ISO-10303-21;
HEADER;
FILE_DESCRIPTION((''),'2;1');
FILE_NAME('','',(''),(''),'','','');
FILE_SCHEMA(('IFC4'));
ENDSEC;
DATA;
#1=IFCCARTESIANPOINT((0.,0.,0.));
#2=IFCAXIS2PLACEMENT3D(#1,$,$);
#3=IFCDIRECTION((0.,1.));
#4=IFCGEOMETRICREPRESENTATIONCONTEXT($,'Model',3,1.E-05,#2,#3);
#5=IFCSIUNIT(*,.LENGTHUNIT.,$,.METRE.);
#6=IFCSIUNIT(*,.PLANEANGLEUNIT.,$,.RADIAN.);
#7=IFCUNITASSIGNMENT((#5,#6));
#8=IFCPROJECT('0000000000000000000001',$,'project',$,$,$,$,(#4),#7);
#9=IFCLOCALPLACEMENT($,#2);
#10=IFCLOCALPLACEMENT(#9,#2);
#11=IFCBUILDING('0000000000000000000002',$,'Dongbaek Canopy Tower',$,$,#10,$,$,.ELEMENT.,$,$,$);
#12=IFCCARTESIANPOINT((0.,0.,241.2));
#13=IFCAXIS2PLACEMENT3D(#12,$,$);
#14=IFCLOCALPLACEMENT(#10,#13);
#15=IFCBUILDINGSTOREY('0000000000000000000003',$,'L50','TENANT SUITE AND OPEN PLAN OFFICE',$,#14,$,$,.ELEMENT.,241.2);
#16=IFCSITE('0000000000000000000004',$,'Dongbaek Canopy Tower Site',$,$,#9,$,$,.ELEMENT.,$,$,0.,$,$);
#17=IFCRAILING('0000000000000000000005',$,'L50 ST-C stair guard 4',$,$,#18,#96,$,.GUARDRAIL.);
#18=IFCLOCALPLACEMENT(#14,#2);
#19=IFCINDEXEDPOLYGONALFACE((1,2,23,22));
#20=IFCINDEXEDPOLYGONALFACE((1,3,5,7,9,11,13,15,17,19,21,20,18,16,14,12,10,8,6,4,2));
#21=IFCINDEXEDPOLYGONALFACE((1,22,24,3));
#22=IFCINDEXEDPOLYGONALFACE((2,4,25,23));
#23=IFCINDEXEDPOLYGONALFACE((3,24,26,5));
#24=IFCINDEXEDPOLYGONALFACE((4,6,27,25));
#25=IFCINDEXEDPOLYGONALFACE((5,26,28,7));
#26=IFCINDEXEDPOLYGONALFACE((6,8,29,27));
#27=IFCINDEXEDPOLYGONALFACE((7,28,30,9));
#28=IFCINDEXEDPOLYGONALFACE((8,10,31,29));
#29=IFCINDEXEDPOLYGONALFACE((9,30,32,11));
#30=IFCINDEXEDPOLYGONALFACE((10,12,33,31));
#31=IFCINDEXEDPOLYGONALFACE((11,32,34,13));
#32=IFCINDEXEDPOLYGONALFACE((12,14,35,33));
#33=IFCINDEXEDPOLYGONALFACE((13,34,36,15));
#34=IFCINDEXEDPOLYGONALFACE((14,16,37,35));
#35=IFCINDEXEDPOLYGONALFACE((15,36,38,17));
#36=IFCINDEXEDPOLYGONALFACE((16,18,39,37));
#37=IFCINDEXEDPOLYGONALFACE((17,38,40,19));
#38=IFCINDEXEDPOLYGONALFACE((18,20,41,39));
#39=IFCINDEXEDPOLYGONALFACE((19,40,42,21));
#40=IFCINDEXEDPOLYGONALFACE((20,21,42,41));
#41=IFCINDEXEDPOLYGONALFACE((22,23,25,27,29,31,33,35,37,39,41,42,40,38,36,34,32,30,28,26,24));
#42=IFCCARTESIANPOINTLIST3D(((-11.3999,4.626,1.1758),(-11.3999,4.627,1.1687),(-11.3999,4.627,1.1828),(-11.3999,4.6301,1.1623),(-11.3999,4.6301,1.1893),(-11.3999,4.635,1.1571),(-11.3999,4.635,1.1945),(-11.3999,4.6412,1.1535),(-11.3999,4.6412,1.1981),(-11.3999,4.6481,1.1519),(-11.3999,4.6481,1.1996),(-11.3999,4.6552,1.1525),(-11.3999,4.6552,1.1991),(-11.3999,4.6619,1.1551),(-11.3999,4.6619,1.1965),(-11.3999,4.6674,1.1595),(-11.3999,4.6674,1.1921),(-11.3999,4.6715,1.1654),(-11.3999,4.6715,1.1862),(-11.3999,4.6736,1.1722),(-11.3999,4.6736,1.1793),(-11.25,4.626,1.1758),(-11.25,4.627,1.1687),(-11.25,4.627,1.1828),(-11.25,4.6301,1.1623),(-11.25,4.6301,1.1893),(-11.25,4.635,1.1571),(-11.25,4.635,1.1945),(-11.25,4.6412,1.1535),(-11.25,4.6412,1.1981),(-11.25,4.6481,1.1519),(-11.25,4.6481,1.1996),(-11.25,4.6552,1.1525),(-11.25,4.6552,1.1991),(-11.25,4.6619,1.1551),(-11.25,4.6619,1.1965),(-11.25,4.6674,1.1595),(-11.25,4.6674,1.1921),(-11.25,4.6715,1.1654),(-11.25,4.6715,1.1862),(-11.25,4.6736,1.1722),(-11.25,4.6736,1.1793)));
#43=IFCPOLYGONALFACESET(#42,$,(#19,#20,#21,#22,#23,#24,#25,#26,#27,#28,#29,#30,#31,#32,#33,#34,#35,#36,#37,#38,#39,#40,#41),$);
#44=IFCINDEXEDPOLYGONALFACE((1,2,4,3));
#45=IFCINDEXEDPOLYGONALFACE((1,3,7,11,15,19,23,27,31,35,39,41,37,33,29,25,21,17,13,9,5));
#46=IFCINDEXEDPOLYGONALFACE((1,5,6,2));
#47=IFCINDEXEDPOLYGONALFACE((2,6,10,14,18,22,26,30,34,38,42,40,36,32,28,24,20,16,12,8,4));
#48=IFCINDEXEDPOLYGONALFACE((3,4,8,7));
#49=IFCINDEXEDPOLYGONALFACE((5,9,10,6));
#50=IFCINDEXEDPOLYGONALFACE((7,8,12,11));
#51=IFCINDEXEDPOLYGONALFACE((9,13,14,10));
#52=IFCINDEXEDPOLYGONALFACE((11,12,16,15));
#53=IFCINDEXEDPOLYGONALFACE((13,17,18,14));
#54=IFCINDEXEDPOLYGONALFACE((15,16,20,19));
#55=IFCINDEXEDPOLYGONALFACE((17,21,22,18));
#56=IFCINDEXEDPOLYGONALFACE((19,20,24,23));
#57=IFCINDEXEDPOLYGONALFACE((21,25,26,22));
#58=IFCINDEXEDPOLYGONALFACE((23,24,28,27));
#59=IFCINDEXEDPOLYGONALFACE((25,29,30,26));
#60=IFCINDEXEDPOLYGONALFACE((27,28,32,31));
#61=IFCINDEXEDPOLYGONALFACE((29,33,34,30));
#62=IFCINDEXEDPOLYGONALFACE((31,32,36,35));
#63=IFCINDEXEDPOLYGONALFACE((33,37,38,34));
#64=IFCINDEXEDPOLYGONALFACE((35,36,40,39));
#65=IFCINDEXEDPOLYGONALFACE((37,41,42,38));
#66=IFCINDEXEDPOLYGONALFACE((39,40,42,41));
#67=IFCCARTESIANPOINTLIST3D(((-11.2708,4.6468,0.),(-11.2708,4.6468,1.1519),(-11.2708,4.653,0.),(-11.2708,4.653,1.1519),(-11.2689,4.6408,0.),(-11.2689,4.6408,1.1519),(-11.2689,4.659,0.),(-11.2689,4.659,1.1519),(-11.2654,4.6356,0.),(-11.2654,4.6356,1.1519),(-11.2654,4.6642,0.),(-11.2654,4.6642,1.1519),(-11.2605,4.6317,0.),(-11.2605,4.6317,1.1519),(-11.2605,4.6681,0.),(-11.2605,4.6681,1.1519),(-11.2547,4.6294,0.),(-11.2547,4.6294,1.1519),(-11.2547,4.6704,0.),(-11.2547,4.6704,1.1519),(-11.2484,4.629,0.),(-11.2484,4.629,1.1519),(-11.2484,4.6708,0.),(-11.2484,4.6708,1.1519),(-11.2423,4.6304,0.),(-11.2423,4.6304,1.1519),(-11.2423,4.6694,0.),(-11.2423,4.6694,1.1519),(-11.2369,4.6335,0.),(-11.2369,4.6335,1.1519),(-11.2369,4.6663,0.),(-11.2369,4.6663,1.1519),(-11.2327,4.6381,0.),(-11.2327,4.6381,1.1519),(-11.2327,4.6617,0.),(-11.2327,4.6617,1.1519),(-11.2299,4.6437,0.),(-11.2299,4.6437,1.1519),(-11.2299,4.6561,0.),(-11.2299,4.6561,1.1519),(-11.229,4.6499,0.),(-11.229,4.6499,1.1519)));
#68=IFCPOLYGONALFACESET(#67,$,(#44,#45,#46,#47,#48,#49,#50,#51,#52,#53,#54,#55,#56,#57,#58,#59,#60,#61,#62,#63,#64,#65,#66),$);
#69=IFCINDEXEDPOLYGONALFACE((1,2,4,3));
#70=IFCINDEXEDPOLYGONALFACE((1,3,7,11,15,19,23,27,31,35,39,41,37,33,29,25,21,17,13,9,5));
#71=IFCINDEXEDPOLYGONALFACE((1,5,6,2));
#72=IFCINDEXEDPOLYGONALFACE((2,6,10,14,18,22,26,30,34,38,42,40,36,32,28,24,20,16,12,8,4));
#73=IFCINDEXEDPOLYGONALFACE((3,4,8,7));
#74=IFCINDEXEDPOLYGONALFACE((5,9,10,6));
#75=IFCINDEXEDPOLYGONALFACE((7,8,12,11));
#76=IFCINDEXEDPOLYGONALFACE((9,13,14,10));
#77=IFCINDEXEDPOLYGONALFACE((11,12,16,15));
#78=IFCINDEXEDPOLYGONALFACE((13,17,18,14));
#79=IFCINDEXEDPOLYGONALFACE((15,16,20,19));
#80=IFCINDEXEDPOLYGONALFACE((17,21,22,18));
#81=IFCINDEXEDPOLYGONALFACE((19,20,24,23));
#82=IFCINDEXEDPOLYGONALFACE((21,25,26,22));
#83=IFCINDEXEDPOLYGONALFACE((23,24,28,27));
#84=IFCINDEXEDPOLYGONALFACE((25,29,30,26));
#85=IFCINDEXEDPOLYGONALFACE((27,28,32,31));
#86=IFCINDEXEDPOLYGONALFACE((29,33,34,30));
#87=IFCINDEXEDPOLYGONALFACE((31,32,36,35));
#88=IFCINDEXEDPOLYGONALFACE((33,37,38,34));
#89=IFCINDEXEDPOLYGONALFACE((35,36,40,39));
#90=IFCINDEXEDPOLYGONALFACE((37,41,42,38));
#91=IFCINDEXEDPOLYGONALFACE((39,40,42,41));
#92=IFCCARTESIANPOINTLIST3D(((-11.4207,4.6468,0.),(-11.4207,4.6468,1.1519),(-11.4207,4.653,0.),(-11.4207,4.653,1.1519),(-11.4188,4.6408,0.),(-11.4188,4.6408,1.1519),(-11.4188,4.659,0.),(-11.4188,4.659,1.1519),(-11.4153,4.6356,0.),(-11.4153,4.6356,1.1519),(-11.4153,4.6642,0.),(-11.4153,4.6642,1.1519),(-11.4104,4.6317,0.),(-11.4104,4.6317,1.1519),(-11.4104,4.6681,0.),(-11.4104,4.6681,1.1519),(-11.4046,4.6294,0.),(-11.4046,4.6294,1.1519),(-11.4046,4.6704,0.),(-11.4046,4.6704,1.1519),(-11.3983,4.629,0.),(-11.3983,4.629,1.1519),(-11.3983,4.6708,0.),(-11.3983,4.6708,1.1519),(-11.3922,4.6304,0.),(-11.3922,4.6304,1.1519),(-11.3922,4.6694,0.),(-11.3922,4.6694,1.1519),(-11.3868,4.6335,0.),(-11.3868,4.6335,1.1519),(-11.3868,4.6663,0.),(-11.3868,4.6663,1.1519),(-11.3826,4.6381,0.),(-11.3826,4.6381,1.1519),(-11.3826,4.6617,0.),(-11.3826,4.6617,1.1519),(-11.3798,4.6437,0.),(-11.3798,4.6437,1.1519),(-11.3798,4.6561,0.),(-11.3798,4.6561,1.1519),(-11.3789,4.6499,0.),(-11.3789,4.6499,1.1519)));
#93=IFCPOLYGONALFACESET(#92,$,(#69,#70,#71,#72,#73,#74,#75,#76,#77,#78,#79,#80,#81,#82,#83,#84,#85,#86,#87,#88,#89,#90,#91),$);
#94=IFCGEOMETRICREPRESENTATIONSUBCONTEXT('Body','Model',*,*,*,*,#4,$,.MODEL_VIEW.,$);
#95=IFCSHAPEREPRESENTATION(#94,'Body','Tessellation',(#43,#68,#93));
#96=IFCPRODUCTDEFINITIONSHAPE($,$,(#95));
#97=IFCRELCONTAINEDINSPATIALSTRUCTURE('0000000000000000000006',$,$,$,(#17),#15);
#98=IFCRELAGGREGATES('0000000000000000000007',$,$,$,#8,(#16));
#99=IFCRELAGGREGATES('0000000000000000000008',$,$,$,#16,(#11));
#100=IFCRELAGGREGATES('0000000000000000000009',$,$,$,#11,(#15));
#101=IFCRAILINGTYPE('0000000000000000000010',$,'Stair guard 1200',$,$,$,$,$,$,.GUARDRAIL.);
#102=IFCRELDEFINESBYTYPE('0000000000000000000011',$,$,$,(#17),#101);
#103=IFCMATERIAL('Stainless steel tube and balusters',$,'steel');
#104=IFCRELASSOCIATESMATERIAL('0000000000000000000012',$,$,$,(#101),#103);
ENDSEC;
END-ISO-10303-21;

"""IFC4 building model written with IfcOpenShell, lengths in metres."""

from ifc_helpers import new_model, si_unit, direction, frame, origin, origin_2d, place, context, subcontext, project, spatial, circle, extrude, material, type_object, element, save


model = new_model("IFC4")

# Units and contexts
model_context = context("Model", 3, precision=1e-05, world=origin(), true_north=direction((0.0, 1.0)))
body_context = subcontext(model_context, "Body", "Model", "MODEL_VIEW")
ifc_project = project(units=[si_unit("LENGTHUNIT", "METRE"), si_unit("PLANEANGLEUNIT", "RADIAN")], contexts=[model_context])

# Site, building, storey
site_placement = place(None, origin())
site = spatial("IfcSite", under=ifc_project, at=site_placement, Name="Dongbaek Canopy Tower Site", CompositionType="ELEMENT", RefElevation=0.0)
building_placement = place(site_placement, origin())
building = spatial("IfcBuilding", under=site, at=building_placement, Name="Dongbaek Canopy Tower", CompositionType="ELEMENT")
storey_placement = place(building_placement, frame((0.0, 0.0, 241.2)))
storey = spatial("IfcBuildingStorey", under=building, at=storey_placement, Name="L50", Description="TENANT SUITE AND OPEN PLAN OFFICE", CompositionType="ELEMENT", Elevation=241.2)

# Railing
ifc_material_1 = material(Name="Stainless steel tube and balusters", Category="steel")
railing_type_1 = type_object("IfcRailingType", Name="Stair guard 1200", PredefinedType="GUARDRAIL", material=ifc_material_1)
railing_1_placement = place(storey_placement, frame((-11.25, 4.6499, 0.0)))
element("IfcRailing", 1, at=railing_1_placement, inside=storey, type_object=railing_type_1, Name="L50 ST-C stair guard 4", PredefinedType="GUARDRAIL", context=body_context, shape_type="SweptSolid", body=[
    extrude(circle(Radius=0.0239, at=origin_2d()), frame((0.0, 0.0, 1.1758), z_axis=(-1.0, 0.0, 0.0), x_axis=(0.0, -1.0, 0.0)), (0.0, 0.0, 1.0), 0.1499),
    extrude(circle(Radius=0.021, at=origin_2d()), origin(), (0.0, 0.0, 1.0), 1.1519),
    extrude(circle(Radius=0.021, at=origin_2d()), frame((-0.1499, 0.0, 0.0)), (0.0, 0.0, 1.0), 1.1519),
])

save(model, "model.ifc")
